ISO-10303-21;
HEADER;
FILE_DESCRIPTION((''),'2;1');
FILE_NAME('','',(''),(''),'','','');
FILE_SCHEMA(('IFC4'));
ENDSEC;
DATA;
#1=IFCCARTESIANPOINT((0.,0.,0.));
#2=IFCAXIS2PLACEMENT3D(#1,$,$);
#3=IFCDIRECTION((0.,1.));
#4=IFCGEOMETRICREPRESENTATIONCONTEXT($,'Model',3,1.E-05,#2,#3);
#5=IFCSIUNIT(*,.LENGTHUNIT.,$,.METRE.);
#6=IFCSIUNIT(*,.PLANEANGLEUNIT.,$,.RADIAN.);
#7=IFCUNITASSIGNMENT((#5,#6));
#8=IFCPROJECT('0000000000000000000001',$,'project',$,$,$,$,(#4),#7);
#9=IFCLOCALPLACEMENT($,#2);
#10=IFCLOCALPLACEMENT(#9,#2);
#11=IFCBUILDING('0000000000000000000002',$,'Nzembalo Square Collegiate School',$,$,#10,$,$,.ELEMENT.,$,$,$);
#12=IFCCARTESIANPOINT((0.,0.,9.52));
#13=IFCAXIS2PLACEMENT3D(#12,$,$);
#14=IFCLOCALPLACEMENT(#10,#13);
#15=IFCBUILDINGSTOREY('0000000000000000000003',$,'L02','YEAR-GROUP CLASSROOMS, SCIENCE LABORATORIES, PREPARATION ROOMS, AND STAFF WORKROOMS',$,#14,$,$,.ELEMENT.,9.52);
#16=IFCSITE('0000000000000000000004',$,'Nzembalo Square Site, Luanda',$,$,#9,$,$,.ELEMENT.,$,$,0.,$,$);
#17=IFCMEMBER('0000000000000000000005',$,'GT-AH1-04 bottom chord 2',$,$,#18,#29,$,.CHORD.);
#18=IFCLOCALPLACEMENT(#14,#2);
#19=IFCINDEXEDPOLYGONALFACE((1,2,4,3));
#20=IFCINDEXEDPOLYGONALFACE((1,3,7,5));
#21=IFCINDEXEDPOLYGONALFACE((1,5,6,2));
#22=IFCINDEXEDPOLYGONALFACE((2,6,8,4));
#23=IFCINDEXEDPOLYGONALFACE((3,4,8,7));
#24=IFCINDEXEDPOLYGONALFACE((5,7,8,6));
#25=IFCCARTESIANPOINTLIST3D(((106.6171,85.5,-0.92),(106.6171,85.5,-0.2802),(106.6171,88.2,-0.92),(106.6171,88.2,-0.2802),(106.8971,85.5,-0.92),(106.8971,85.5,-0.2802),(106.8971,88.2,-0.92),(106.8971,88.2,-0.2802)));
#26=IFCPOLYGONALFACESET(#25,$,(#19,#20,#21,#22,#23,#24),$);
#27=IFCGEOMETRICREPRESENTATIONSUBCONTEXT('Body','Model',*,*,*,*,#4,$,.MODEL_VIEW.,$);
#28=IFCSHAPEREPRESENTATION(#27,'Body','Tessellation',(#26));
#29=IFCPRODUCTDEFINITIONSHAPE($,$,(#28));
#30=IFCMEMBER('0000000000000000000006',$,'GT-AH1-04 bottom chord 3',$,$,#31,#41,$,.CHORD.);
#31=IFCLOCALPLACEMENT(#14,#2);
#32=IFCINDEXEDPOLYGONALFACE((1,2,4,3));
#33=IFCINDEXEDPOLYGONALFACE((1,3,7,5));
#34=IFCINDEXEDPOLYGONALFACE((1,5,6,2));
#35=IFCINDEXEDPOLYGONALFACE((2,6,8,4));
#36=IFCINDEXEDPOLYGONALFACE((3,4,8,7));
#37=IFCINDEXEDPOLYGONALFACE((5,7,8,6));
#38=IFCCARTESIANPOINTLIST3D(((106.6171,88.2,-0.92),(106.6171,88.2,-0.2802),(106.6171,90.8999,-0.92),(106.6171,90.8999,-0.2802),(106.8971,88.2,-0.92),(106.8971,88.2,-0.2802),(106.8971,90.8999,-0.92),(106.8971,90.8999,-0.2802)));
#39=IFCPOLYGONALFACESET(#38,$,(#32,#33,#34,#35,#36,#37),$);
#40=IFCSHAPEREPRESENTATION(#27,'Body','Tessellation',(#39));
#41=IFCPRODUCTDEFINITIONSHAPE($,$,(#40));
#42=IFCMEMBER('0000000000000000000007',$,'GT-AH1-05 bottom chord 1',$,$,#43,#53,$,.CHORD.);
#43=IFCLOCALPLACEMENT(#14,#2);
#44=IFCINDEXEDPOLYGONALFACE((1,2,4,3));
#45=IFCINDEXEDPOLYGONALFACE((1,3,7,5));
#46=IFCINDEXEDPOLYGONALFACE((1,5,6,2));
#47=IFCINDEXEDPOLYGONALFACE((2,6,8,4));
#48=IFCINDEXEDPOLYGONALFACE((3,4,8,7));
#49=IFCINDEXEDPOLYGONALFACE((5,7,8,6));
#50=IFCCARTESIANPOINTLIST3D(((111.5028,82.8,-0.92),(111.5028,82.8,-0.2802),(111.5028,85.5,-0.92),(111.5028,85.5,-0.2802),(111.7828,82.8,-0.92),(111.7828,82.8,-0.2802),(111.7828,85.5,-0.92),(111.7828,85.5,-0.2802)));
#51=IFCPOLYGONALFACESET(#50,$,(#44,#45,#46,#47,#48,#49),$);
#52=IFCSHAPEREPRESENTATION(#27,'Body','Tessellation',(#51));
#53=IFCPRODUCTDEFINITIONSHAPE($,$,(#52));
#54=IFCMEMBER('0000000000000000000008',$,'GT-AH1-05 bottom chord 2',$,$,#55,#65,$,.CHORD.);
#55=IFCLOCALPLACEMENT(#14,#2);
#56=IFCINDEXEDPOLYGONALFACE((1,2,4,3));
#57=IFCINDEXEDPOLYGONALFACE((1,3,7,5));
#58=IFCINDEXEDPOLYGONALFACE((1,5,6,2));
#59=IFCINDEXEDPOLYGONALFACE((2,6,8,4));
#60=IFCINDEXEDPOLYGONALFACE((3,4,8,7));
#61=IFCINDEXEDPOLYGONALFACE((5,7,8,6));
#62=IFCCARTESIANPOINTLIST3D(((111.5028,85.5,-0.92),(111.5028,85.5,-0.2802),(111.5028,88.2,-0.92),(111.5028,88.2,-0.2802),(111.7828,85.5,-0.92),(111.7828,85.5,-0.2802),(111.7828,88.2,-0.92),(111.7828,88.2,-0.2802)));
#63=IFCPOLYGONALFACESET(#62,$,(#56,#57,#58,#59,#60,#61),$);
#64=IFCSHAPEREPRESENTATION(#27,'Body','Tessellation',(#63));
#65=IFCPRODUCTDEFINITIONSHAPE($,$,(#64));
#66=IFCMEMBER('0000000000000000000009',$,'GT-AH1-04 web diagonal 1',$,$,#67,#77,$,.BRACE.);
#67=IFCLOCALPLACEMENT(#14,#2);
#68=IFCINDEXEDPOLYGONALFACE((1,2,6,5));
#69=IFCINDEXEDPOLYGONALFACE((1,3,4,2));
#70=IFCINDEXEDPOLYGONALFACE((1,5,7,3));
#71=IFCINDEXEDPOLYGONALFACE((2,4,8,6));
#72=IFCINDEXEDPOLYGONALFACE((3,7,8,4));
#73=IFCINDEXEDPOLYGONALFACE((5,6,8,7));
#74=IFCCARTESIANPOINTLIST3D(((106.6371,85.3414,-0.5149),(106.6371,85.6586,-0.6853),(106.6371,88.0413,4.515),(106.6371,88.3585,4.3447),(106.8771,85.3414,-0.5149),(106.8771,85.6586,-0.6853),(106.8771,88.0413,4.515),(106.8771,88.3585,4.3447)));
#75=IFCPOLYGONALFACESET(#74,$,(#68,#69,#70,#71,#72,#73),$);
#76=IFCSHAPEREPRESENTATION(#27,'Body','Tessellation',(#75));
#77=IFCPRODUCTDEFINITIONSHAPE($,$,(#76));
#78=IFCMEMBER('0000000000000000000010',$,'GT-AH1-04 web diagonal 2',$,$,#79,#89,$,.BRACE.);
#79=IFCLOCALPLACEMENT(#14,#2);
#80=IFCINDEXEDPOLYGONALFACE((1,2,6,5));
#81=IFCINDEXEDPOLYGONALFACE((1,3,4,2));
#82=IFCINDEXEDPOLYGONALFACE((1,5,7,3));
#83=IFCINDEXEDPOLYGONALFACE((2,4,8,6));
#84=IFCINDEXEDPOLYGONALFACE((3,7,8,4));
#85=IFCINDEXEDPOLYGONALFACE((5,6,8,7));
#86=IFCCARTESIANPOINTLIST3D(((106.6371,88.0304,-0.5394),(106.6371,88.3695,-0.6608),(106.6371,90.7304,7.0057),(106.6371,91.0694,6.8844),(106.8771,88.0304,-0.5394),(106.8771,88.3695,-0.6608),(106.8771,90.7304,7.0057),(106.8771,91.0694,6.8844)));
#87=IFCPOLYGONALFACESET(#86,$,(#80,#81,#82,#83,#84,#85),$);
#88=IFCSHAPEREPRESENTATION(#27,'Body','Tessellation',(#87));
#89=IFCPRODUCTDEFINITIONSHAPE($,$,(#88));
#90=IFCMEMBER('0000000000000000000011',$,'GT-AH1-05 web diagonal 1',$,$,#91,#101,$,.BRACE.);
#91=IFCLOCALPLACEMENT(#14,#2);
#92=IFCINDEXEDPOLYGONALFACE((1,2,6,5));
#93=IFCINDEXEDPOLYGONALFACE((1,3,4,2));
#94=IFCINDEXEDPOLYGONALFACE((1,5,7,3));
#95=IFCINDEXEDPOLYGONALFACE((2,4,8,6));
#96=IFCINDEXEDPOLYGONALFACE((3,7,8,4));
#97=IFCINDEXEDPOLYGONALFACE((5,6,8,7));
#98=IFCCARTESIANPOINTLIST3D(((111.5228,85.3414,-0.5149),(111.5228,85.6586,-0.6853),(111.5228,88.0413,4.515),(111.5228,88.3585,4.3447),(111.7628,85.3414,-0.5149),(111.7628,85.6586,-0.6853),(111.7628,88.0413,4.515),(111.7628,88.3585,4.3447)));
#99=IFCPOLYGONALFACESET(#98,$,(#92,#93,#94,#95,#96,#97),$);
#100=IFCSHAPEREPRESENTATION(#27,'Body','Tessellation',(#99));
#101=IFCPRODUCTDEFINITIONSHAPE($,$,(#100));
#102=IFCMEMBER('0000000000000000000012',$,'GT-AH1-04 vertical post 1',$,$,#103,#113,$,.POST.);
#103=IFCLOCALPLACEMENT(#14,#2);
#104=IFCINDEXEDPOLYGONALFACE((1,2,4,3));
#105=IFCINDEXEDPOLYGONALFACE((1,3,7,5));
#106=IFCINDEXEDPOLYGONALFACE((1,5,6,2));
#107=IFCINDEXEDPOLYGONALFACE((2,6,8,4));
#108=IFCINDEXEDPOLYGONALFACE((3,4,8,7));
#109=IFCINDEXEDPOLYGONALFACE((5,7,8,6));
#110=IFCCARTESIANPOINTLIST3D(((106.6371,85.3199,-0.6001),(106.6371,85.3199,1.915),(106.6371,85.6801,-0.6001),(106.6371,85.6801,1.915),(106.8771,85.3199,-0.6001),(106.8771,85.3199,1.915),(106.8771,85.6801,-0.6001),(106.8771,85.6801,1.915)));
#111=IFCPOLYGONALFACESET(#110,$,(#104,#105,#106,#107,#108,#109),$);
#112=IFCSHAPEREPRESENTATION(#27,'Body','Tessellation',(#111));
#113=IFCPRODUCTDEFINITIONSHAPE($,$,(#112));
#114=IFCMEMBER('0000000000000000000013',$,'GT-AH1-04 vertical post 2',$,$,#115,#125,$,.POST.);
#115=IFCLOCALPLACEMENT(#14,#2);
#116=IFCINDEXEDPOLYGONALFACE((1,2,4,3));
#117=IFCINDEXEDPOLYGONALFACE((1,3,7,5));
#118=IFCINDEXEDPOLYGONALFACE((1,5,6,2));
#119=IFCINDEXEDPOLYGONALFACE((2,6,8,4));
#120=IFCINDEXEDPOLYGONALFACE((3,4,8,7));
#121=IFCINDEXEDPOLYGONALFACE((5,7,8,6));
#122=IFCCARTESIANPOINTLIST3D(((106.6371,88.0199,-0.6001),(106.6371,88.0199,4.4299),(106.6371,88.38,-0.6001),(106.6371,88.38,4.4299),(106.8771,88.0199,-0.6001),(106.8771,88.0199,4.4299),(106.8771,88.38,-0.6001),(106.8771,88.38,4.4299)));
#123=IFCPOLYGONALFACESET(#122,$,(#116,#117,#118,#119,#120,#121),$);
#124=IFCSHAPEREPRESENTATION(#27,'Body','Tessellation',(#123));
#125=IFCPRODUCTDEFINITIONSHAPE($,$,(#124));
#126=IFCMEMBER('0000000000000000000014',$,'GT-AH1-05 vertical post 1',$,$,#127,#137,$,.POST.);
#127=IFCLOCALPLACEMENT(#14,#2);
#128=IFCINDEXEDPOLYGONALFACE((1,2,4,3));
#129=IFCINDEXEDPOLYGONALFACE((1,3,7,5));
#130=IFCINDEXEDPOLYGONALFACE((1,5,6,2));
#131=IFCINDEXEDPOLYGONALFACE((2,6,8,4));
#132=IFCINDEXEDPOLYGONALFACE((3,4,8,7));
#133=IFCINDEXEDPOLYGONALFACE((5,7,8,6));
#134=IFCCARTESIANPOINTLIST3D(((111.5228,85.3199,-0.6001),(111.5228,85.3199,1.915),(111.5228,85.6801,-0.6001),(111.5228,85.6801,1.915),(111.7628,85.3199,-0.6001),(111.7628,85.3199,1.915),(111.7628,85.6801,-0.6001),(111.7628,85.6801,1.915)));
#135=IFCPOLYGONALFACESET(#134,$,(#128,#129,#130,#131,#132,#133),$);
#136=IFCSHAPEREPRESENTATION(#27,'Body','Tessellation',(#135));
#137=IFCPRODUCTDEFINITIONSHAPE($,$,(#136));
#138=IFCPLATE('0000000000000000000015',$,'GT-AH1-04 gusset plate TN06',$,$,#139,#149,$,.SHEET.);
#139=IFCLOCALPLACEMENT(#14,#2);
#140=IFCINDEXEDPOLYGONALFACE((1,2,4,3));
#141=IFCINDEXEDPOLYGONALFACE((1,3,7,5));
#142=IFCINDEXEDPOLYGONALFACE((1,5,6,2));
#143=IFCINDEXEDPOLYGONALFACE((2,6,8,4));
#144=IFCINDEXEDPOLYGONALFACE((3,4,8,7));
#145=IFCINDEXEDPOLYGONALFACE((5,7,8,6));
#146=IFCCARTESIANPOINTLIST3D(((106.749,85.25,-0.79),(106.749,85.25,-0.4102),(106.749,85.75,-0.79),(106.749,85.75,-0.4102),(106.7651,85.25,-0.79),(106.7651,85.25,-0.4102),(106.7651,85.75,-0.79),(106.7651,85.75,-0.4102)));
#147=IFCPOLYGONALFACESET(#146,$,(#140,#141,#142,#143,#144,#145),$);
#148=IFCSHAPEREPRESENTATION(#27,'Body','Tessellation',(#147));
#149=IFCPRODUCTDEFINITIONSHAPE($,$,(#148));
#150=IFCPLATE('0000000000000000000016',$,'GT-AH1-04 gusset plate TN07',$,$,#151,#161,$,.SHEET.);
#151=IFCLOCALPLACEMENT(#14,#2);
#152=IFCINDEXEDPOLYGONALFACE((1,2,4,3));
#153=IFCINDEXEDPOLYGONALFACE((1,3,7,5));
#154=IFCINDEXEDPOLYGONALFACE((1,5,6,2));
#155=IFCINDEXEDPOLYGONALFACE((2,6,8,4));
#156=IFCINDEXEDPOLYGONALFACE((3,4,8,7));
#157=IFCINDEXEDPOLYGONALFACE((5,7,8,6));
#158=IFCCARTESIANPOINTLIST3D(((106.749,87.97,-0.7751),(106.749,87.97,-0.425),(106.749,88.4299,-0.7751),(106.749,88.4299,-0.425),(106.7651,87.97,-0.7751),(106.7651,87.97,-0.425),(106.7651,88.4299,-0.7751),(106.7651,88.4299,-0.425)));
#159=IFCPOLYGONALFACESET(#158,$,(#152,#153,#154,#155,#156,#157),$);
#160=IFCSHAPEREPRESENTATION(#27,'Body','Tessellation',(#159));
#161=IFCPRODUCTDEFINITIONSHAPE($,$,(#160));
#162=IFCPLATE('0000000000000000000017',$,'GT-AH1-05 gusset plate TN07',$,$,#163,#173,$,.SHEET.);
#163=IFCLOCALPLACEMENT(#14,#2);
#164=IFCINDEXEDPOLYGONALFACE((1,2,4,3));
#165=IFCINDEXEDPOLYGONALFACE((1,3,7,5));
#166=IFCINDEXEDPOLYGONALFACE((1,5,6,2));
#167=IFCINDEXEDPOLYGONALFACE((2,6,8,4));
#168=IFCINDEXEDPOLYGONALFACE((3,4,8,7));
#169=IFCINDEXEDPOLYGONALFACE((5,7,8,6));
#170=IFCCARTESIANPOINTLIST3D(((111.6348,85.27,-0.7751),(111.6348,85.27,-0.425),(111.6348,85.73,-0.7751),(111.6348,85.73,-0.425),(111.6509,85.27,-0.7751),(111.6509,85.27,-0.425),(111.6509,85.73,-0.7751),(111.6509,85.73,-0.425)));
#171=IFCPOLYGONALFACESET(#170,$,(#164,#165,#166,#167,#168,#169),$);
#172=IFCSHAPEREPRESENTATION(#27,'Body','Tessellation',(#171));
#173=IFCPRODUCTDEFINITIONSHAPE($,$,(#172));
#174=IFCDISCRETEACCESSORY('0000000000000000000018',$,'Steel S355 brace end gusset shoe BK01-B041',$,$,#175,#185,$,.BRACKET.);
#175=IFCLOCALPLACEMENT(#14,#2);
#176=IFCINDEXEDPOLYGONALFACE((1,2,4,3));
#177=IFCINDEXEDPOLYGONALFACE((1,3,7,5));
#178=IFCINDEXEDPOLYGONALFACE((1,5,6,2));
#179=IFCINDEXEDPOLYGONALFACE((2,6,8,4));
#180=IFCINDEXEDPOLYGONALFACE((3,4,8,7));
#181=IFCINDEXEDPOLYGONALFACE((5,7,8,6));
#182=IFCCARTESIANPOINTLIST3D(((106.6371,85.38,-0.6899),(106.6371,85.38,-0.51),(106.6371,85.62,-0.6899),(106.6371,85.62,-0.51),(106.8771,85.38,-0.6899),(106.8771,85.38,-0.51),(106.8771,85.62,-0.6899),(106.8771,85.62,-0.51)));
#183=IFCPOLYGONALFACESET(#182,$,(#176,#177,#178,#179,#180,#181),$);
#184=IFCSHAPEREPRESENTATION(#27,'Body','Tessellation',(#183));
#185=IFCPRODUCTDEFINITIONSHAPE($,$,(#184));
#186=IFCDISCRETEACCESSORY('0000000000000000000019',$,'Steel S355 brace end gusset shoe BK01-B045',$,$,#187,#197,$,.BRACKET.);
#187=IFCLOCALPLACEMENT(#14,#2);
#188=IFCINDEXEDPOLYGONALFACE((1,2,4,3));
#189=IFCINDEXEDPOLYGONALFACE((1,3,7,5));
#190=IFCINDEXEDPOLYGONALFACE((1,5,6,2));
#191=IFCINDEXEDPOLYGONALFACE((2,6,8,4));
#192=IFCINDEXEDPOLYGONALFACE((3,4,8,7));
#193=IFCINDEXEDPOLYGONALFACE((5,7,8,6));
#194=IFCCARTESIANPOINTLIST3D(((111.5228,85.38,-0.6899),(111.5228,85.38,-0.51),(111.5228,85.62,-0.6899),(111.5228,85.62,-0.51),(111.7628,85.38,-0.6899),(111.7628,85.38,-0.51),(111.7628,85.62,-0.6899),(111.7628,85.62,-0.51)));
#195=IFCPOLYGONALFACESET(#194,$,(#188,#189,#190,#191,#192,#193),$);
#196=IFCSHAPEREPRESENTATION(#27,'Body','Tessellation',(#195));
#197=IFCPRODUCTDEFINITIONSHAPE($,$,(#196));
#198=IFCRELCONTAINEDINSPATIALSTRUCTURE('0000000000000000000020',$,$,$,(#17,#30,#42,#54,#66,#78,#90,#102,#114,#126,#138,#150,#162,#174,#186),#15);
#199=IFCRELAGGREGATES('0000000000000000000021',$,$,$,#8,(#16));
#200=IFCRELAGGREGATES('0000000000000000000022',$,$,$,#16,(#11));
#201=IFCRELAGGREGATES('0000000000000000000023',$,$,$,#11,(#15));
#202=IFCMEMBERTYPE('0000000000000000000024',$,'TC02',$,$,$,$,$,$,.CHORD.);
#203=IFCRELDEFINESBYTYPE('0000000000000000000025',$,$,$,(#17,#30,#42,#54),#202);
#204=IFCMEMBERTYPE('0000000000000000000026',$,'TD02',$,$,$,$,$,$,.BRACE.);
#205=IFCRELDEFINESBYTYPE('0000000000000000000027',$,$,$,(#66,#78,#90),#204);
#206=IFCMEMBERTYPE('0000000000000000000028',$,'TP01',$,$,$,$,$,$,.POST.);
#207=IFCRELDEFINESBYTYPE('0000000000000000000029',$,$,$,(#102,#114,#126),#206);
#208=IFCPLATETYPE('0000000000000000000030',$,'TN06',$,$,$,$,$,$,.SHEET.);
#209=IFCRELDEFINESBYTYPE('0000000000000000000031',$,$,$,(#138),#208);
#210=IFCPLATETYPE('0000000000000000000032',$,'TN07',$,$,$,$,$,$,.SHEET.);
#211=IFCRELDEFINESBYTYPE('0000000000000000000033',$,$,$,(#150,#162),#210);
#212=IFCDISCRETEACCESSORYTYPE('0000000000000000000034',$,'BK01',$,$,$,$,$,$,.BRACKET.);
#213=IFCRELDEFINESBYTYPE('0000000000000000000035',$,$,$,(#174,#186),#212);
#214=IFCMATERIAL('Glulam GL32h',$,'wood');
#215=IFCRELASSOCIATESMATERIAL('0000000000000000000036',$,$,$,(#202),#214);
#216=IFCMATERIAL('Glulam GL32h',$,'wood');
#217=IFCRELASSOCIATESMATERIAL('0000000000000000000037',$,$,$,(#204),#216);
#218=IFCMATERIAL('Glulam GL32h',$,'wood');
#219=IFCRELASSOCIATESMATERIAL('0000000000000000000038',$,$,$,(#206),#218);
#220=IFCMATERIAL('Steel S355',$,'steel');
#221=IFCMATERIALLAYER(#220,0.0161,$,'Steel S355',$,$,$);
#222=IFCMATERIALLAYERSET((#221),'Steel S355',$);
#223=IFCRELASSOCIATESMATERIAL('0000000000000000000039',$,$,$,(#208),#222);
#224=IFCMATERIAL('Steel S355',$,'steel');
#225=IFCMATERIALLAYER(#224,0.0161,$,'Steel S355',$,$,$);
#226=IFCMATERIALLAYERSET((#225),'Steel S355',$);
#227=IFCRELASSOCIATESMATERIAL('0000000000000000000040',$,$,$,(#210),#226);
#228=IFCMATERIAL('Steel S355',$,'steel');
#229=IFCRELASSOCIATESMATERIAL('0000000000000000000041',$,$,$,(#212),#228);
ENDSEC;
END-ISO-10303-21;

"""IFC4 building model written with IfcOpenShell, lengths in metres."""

from ifc_helpers import new_model, si_unit, direction, frame, origin, origin_2d, place, context, subcontext, project, spatial, rectangle, extrude, material, layer, layer_set, material_profile, profile_set, type_object, element, save


model = new_model("IFC4")

# Units and contexts
model_context = context("Model", 3, precision=1e-05, world=origin(), true_north=direction((0.0, 1.0)))
body_context = subcontext(model_context, "Body", "Model", "MODEL_VIEW")
ifc_project = project(units=[si_unit("LENGTHUNIT", "METRE"), si_unit("PLANEANGLEUNIT", "RADIAN")], contexts=[model_context])

# Site, building, storey
site_placement = place(None, origin())
site = spatial("IfcSite", under=ifc_project, at=site_placement, Name="Nzembalo Square Site, Luanda", CompositionType="ELEMENT", RefElevation=0.0)
building_placement = place(site_placement, origin())
building = spatial("IfcBuilding", under=site, at=building_placement, Name="Nzembalo Square Collegiate School", CompositionType="ELEMENT")
storey_placement = place(building_placement, frame((0.0, 0.0, 9.52)))
storey = spatial("IfcBuildingStorey", under=building, at=storey_placement, Name="L02", Description="YEAR-GROUP CLASSROOMS, SCIENCE LABORATORIES, PREPARATION ROOMS, AND STAFF WORKROOMS", CompositionType="ELEMENT", Elevation=9.52)

# Members
ifc_material_1 = material(Name="Glulam GL32h", Category="wood")
ifc_material_profile_1 = material_profile(ifc_material_1, rectangle(XDim=0.28, YDim=0.6399, at=origin_2d()), Name="GL32h 280x640")
ifc_profile_set_1 = profile_set([ifc_material_profile_1], Name="Glulam GL32h")
member_type_1 = type_object("IfcMemberType", Name="TC02", PredefinedType="CHORD", material=ifc_profile_set_1)
for number, where, z_axis, x_axis, name in (
    (1, (106.7571, 85.5, -0.6001), (0.0, 1.0, 0.0), (-1.0, 0.0, 0.0), "GT-AH1-04 bottom chord 2"),
    (2, (106.7571, 88.2, -0.6001), (0.0, 1.0, 0.0), (-1.0, 0.0, 0.0), "GT-AH1-04 bottom chord 3"),
    (3, (111.6428, 82.8, -0.6001), (0.0, 1.0, 0.0), (-1.0, 0.0, 0.0), "GT-AH1-05 bottom chord 1"),
    (4, (111.6428, 85.5, -0.6001), (0.0, 1.0, 0.0), (-1.0, 0.0, 0.0), "GT-AH1-05 bottom chord 2"),
):
    element("IfcMember", number, at=place(storey_placement, frame(where, z_axis=z_axis, x_axis=x_axis)), inside=storey, type_object=member_type_1, Name=name, PredefinedType="CHORD", context=body_context, shape_type="SweptSolid", body=[
        extrude(rectangle(XDim=0.28, YDim=0.6399, at=origin_2d()), origin(), (0.0, 0.0, 1.0), 2.7),
    ])
ifc_material_2 = material(Name="Glulam GL32h", Category="wood")
ifc_material_profile_2 = material_profile(ifc_material_2, rectangle(XDim=0.24, YDim=0.3601, at=origin_2d()), Name="GL32h 240x360")
ifc_profile_set_2 = profile_set([ifc_material_profile_2], Name="Glulam GL32h")
member_type_2 = type_object("IfcMemberType", Name="TD02", PredefinedType="BRACE", material=ifc_profile_set_2)
member_1_placement = place(storey_placement, frame((106.7571, 85.5, -0.6001), z_axis=(0.0, 0.472942, 0.881094), x_axis=(-1.0, 0.0, 0.0)))
element("IfcMember", 5, at=member_1_placement, inside=storey, type_object=member_type_2, Name="GT-AH1-04 web diagonal 1", PredefinedType="BRACE", context=body_context, shape_type="SweptSolid", body=[
    extrude(rectangle(XDim=0.24, YDim=0.3601, at=origin_2d()), origin(), (0.0, 0.0, 1.0), 5.7087),
])
member_2_placement = place(storey_placement, frame((106.7571, 88.2, -0.6001), z_axis=(0.0, 0.336917, 0.941534), x_axis=(-1.0, 0.0, 0.0)))
element("IfcMember", 6, at=member_2_placement, inside=storey, type_object=member_type_2, Name="GT-AH1-04 web diagonal 2", PredefinedType="BRACE", context=body_context, shape_type="SweptSolid", body=[
    extrude(rectangle(XDim=0.24, YDim=0.3601, at=origin_2d()), origin(), (0.0, 0.0, 1.0), 8.0137),
])
member_3_placement = place(storey_placement, frame((111.6428, 85.5, -0.6001), z_axis=(0.0, 0.472942, 0.881094), x_axis=(-1.0, 0.0, 0.0)))
element("IfcMember", 7, at=member_3_placement, inside=storey, type_object=member_type_2, Name="GT-AH1-05 web diagonal 1", PredefinedType="BRACE", context=body_context, shape_type="SweptSolid", body=[
    extrude(rectangle(XDim=0.24, YDim=0.3601, at=origin_2d()), origin(), (0.0, 0.0, 1.0), 5.7087),
])
ifc_material_3 = material(Name="Glulam GL32h", Category="wood")
ifc_material_profile_3 = material_profile(ifc_material_3, rectangle(XDim=0.24, YDim=0.3601, at=origin_2d()), Name="GL32h 240x360")
ifc_profile_set_3 = profile_set([ifc_material_profile_3], Name="Glulam GL32h")
member_type_3 = type_object("IfcMemberType", Name="TP01", PredefinedType="POST", material=ifc_profile_set_3)
member_4_placement = place(storey_placement, frame((106.7571, 85.5, -0.6001), z_axis=(0.0, 0.0, 1.0), x_axis=(1.0, 0.0, 0.0)))
element("IfcMember", 8, at=member_4_placement, inside=storey, type_object=member_type_3, Name="GT-AH1-04 vertical post 1", PredefinedType="POST", context=body_context, shape_type="SweptSolid", body=[
    extrude(rectangle(XDim=0.24, YDim=0.3601, at=origin_2d()), origin(), (0.0, 0.0, 1.0), 2.5151),
])
member_5_placement = place(storey_placement, frame((106.7571, 88.2, -0.6001), z_axis=(0.0, 0.0, 1.0), x_axis=(1.0, 0.0, 0.0)))
element("IfcMember", 9, at=member_5_placement, inside=storey, type_object=member_type_3, Name="GT-AH1-04 vertical post 2", PredefinedType="POST", context=body_context, shape_type="SweptSolid", body=[
    extrude(rectangle(XDim=0.24, YDim=0.3601, at=origin_2d()), origin(), (0.0, 0.0, 1.0), 5.03),
])
member_6_placement = place(storey_placement, frame((111.6428, 85.5, -0.6001), z_axis=(0.0, 0.0, 1.0), x_axis=(1.0, 0.0, 0.0)))
element("IfcMember", 10, at=member_6_placement, inside=storey, type_object=member_type_3, Name="GT-AH1-05 vertical post 1", PredefinedType="POST", context=body_context, shape_type="SweptSolid", body=[
    extrude(rectangle(XDim=0.24, YDim=0.3601, at=origin_2d()), origin(), (0.0, 0.0, 1.0), 2.5151),
])

# Plates
ifc_material_4 = material(Name="Steel S355", Category="steel")
ifc_layer_1 = layer(ifc_material_4, 0.0161, Name="Steel S355")
ifc_layer_set_1 = layer_set([ifc_layer_1], Name="Steel S355")
plate_type_1 = type_object("IfcPlateType", Name="TN06", PredefinedType="SHEET", material=ifc_layer_set_1)
plate_placement = place(storey_placement, frame((106.7571, 85.5, -0.79), z_axis=(0.0, 0.0, 1.0), x_axis=(0.0, 1.0, 0.0)))
element("IfcPlate", 11, at=plate_placement, inside=storey, type_object=plate_type_1, Name="GT-AH1-04 gusset plate TN06", PredefinedType="SHEET", context=body_context, shape_type="SweptSolid", body=[
    extrude(rectangle(XDim=0.5, YDim=0.0161, at=origin_2d()), origin(), (0.0, 0.0, 1.0), 0.3799),
])
ifc_material_5 = material(Name="Steel S355", Category="steel")
ifc_layer_2 = layer(ifc_material_5, 0.0161, Name="Steel S355")
ifc_layer_set_2 = layer_set([ifc_layer_2], Name="Steel S355")
plate_type_2 = type_object("IfcPlateType", Name="TN07", PredefinedType="SHEET", material=ifc_layer_set_2)
for number, where, z_axis, x_axis, name in (
    (12, (106.7571, 88.2, -0.7751), (0.0, 0.0, 1.0), (0.0, 1.0, 0.0), "GT-AH1-04 gusset plate TN07"),
    (13, (111.6428, 85.5, -0.7751), (0.0, 0.0, 1.0), (0.0, 1.0, 0.0), "GT-AH1-05 gusset plate TN07"),
):
    element("IfcPlate", number, at=place(storey_placement, frame(where, z_axis=z_axis, x_axis=x_axis)), inside=storey, type_object=plate_type_2, Name=name, PredefinedType="SHEET", context=body_context, shape_type="SweptSolid", body=[
        extrude(rectangle(XDim=0.46, YDim=0.0161, at=origin_2d()), origin(), (0.0, 0.0, 1.0), 0.3501),
    ])

# Discrete accessories
ifc_material_6 = material(Name="Steel S355", Category="steel")
discrete_accessory_type = type_object("IfcDiscreteAccessoryType", Name="BK01", PredefinedType="BRACKET", material=ifc_material_6)
for number, where, z_axis, x_axis, name in (
    (14, (106.7571, 85.5, -0.6899), (0.0, 0.0, 1.0), (1.0, 0.0, 0.0), "Steel S355 brace end gusset shoe BK01-B041"),
    (15, (111.6428, 85.5, -0.6899), (0.0, 0.0, 1.0), (1.0, 0.0, 0.0), "Steel S355 brace end gusset shoe BK01-B045"),
):
    element("IfcDiscreteAccessory", number, at=place(storey_placement, frame(where, z_axis=z_axis, x_axis=x_axis)), inside=storey, type_object=discrete_accessory_type, Name=name, PredefinedType="BRACKET", context=body_context, shape_type="SweptSolid", body=[
        extrude(rectangle(XDim=0.24, YDim=0.24, at=origin_2d()), origin(), (0.0, 0.0, 1.0), 0.1799),
    ])

save(model, "model.ifc")
